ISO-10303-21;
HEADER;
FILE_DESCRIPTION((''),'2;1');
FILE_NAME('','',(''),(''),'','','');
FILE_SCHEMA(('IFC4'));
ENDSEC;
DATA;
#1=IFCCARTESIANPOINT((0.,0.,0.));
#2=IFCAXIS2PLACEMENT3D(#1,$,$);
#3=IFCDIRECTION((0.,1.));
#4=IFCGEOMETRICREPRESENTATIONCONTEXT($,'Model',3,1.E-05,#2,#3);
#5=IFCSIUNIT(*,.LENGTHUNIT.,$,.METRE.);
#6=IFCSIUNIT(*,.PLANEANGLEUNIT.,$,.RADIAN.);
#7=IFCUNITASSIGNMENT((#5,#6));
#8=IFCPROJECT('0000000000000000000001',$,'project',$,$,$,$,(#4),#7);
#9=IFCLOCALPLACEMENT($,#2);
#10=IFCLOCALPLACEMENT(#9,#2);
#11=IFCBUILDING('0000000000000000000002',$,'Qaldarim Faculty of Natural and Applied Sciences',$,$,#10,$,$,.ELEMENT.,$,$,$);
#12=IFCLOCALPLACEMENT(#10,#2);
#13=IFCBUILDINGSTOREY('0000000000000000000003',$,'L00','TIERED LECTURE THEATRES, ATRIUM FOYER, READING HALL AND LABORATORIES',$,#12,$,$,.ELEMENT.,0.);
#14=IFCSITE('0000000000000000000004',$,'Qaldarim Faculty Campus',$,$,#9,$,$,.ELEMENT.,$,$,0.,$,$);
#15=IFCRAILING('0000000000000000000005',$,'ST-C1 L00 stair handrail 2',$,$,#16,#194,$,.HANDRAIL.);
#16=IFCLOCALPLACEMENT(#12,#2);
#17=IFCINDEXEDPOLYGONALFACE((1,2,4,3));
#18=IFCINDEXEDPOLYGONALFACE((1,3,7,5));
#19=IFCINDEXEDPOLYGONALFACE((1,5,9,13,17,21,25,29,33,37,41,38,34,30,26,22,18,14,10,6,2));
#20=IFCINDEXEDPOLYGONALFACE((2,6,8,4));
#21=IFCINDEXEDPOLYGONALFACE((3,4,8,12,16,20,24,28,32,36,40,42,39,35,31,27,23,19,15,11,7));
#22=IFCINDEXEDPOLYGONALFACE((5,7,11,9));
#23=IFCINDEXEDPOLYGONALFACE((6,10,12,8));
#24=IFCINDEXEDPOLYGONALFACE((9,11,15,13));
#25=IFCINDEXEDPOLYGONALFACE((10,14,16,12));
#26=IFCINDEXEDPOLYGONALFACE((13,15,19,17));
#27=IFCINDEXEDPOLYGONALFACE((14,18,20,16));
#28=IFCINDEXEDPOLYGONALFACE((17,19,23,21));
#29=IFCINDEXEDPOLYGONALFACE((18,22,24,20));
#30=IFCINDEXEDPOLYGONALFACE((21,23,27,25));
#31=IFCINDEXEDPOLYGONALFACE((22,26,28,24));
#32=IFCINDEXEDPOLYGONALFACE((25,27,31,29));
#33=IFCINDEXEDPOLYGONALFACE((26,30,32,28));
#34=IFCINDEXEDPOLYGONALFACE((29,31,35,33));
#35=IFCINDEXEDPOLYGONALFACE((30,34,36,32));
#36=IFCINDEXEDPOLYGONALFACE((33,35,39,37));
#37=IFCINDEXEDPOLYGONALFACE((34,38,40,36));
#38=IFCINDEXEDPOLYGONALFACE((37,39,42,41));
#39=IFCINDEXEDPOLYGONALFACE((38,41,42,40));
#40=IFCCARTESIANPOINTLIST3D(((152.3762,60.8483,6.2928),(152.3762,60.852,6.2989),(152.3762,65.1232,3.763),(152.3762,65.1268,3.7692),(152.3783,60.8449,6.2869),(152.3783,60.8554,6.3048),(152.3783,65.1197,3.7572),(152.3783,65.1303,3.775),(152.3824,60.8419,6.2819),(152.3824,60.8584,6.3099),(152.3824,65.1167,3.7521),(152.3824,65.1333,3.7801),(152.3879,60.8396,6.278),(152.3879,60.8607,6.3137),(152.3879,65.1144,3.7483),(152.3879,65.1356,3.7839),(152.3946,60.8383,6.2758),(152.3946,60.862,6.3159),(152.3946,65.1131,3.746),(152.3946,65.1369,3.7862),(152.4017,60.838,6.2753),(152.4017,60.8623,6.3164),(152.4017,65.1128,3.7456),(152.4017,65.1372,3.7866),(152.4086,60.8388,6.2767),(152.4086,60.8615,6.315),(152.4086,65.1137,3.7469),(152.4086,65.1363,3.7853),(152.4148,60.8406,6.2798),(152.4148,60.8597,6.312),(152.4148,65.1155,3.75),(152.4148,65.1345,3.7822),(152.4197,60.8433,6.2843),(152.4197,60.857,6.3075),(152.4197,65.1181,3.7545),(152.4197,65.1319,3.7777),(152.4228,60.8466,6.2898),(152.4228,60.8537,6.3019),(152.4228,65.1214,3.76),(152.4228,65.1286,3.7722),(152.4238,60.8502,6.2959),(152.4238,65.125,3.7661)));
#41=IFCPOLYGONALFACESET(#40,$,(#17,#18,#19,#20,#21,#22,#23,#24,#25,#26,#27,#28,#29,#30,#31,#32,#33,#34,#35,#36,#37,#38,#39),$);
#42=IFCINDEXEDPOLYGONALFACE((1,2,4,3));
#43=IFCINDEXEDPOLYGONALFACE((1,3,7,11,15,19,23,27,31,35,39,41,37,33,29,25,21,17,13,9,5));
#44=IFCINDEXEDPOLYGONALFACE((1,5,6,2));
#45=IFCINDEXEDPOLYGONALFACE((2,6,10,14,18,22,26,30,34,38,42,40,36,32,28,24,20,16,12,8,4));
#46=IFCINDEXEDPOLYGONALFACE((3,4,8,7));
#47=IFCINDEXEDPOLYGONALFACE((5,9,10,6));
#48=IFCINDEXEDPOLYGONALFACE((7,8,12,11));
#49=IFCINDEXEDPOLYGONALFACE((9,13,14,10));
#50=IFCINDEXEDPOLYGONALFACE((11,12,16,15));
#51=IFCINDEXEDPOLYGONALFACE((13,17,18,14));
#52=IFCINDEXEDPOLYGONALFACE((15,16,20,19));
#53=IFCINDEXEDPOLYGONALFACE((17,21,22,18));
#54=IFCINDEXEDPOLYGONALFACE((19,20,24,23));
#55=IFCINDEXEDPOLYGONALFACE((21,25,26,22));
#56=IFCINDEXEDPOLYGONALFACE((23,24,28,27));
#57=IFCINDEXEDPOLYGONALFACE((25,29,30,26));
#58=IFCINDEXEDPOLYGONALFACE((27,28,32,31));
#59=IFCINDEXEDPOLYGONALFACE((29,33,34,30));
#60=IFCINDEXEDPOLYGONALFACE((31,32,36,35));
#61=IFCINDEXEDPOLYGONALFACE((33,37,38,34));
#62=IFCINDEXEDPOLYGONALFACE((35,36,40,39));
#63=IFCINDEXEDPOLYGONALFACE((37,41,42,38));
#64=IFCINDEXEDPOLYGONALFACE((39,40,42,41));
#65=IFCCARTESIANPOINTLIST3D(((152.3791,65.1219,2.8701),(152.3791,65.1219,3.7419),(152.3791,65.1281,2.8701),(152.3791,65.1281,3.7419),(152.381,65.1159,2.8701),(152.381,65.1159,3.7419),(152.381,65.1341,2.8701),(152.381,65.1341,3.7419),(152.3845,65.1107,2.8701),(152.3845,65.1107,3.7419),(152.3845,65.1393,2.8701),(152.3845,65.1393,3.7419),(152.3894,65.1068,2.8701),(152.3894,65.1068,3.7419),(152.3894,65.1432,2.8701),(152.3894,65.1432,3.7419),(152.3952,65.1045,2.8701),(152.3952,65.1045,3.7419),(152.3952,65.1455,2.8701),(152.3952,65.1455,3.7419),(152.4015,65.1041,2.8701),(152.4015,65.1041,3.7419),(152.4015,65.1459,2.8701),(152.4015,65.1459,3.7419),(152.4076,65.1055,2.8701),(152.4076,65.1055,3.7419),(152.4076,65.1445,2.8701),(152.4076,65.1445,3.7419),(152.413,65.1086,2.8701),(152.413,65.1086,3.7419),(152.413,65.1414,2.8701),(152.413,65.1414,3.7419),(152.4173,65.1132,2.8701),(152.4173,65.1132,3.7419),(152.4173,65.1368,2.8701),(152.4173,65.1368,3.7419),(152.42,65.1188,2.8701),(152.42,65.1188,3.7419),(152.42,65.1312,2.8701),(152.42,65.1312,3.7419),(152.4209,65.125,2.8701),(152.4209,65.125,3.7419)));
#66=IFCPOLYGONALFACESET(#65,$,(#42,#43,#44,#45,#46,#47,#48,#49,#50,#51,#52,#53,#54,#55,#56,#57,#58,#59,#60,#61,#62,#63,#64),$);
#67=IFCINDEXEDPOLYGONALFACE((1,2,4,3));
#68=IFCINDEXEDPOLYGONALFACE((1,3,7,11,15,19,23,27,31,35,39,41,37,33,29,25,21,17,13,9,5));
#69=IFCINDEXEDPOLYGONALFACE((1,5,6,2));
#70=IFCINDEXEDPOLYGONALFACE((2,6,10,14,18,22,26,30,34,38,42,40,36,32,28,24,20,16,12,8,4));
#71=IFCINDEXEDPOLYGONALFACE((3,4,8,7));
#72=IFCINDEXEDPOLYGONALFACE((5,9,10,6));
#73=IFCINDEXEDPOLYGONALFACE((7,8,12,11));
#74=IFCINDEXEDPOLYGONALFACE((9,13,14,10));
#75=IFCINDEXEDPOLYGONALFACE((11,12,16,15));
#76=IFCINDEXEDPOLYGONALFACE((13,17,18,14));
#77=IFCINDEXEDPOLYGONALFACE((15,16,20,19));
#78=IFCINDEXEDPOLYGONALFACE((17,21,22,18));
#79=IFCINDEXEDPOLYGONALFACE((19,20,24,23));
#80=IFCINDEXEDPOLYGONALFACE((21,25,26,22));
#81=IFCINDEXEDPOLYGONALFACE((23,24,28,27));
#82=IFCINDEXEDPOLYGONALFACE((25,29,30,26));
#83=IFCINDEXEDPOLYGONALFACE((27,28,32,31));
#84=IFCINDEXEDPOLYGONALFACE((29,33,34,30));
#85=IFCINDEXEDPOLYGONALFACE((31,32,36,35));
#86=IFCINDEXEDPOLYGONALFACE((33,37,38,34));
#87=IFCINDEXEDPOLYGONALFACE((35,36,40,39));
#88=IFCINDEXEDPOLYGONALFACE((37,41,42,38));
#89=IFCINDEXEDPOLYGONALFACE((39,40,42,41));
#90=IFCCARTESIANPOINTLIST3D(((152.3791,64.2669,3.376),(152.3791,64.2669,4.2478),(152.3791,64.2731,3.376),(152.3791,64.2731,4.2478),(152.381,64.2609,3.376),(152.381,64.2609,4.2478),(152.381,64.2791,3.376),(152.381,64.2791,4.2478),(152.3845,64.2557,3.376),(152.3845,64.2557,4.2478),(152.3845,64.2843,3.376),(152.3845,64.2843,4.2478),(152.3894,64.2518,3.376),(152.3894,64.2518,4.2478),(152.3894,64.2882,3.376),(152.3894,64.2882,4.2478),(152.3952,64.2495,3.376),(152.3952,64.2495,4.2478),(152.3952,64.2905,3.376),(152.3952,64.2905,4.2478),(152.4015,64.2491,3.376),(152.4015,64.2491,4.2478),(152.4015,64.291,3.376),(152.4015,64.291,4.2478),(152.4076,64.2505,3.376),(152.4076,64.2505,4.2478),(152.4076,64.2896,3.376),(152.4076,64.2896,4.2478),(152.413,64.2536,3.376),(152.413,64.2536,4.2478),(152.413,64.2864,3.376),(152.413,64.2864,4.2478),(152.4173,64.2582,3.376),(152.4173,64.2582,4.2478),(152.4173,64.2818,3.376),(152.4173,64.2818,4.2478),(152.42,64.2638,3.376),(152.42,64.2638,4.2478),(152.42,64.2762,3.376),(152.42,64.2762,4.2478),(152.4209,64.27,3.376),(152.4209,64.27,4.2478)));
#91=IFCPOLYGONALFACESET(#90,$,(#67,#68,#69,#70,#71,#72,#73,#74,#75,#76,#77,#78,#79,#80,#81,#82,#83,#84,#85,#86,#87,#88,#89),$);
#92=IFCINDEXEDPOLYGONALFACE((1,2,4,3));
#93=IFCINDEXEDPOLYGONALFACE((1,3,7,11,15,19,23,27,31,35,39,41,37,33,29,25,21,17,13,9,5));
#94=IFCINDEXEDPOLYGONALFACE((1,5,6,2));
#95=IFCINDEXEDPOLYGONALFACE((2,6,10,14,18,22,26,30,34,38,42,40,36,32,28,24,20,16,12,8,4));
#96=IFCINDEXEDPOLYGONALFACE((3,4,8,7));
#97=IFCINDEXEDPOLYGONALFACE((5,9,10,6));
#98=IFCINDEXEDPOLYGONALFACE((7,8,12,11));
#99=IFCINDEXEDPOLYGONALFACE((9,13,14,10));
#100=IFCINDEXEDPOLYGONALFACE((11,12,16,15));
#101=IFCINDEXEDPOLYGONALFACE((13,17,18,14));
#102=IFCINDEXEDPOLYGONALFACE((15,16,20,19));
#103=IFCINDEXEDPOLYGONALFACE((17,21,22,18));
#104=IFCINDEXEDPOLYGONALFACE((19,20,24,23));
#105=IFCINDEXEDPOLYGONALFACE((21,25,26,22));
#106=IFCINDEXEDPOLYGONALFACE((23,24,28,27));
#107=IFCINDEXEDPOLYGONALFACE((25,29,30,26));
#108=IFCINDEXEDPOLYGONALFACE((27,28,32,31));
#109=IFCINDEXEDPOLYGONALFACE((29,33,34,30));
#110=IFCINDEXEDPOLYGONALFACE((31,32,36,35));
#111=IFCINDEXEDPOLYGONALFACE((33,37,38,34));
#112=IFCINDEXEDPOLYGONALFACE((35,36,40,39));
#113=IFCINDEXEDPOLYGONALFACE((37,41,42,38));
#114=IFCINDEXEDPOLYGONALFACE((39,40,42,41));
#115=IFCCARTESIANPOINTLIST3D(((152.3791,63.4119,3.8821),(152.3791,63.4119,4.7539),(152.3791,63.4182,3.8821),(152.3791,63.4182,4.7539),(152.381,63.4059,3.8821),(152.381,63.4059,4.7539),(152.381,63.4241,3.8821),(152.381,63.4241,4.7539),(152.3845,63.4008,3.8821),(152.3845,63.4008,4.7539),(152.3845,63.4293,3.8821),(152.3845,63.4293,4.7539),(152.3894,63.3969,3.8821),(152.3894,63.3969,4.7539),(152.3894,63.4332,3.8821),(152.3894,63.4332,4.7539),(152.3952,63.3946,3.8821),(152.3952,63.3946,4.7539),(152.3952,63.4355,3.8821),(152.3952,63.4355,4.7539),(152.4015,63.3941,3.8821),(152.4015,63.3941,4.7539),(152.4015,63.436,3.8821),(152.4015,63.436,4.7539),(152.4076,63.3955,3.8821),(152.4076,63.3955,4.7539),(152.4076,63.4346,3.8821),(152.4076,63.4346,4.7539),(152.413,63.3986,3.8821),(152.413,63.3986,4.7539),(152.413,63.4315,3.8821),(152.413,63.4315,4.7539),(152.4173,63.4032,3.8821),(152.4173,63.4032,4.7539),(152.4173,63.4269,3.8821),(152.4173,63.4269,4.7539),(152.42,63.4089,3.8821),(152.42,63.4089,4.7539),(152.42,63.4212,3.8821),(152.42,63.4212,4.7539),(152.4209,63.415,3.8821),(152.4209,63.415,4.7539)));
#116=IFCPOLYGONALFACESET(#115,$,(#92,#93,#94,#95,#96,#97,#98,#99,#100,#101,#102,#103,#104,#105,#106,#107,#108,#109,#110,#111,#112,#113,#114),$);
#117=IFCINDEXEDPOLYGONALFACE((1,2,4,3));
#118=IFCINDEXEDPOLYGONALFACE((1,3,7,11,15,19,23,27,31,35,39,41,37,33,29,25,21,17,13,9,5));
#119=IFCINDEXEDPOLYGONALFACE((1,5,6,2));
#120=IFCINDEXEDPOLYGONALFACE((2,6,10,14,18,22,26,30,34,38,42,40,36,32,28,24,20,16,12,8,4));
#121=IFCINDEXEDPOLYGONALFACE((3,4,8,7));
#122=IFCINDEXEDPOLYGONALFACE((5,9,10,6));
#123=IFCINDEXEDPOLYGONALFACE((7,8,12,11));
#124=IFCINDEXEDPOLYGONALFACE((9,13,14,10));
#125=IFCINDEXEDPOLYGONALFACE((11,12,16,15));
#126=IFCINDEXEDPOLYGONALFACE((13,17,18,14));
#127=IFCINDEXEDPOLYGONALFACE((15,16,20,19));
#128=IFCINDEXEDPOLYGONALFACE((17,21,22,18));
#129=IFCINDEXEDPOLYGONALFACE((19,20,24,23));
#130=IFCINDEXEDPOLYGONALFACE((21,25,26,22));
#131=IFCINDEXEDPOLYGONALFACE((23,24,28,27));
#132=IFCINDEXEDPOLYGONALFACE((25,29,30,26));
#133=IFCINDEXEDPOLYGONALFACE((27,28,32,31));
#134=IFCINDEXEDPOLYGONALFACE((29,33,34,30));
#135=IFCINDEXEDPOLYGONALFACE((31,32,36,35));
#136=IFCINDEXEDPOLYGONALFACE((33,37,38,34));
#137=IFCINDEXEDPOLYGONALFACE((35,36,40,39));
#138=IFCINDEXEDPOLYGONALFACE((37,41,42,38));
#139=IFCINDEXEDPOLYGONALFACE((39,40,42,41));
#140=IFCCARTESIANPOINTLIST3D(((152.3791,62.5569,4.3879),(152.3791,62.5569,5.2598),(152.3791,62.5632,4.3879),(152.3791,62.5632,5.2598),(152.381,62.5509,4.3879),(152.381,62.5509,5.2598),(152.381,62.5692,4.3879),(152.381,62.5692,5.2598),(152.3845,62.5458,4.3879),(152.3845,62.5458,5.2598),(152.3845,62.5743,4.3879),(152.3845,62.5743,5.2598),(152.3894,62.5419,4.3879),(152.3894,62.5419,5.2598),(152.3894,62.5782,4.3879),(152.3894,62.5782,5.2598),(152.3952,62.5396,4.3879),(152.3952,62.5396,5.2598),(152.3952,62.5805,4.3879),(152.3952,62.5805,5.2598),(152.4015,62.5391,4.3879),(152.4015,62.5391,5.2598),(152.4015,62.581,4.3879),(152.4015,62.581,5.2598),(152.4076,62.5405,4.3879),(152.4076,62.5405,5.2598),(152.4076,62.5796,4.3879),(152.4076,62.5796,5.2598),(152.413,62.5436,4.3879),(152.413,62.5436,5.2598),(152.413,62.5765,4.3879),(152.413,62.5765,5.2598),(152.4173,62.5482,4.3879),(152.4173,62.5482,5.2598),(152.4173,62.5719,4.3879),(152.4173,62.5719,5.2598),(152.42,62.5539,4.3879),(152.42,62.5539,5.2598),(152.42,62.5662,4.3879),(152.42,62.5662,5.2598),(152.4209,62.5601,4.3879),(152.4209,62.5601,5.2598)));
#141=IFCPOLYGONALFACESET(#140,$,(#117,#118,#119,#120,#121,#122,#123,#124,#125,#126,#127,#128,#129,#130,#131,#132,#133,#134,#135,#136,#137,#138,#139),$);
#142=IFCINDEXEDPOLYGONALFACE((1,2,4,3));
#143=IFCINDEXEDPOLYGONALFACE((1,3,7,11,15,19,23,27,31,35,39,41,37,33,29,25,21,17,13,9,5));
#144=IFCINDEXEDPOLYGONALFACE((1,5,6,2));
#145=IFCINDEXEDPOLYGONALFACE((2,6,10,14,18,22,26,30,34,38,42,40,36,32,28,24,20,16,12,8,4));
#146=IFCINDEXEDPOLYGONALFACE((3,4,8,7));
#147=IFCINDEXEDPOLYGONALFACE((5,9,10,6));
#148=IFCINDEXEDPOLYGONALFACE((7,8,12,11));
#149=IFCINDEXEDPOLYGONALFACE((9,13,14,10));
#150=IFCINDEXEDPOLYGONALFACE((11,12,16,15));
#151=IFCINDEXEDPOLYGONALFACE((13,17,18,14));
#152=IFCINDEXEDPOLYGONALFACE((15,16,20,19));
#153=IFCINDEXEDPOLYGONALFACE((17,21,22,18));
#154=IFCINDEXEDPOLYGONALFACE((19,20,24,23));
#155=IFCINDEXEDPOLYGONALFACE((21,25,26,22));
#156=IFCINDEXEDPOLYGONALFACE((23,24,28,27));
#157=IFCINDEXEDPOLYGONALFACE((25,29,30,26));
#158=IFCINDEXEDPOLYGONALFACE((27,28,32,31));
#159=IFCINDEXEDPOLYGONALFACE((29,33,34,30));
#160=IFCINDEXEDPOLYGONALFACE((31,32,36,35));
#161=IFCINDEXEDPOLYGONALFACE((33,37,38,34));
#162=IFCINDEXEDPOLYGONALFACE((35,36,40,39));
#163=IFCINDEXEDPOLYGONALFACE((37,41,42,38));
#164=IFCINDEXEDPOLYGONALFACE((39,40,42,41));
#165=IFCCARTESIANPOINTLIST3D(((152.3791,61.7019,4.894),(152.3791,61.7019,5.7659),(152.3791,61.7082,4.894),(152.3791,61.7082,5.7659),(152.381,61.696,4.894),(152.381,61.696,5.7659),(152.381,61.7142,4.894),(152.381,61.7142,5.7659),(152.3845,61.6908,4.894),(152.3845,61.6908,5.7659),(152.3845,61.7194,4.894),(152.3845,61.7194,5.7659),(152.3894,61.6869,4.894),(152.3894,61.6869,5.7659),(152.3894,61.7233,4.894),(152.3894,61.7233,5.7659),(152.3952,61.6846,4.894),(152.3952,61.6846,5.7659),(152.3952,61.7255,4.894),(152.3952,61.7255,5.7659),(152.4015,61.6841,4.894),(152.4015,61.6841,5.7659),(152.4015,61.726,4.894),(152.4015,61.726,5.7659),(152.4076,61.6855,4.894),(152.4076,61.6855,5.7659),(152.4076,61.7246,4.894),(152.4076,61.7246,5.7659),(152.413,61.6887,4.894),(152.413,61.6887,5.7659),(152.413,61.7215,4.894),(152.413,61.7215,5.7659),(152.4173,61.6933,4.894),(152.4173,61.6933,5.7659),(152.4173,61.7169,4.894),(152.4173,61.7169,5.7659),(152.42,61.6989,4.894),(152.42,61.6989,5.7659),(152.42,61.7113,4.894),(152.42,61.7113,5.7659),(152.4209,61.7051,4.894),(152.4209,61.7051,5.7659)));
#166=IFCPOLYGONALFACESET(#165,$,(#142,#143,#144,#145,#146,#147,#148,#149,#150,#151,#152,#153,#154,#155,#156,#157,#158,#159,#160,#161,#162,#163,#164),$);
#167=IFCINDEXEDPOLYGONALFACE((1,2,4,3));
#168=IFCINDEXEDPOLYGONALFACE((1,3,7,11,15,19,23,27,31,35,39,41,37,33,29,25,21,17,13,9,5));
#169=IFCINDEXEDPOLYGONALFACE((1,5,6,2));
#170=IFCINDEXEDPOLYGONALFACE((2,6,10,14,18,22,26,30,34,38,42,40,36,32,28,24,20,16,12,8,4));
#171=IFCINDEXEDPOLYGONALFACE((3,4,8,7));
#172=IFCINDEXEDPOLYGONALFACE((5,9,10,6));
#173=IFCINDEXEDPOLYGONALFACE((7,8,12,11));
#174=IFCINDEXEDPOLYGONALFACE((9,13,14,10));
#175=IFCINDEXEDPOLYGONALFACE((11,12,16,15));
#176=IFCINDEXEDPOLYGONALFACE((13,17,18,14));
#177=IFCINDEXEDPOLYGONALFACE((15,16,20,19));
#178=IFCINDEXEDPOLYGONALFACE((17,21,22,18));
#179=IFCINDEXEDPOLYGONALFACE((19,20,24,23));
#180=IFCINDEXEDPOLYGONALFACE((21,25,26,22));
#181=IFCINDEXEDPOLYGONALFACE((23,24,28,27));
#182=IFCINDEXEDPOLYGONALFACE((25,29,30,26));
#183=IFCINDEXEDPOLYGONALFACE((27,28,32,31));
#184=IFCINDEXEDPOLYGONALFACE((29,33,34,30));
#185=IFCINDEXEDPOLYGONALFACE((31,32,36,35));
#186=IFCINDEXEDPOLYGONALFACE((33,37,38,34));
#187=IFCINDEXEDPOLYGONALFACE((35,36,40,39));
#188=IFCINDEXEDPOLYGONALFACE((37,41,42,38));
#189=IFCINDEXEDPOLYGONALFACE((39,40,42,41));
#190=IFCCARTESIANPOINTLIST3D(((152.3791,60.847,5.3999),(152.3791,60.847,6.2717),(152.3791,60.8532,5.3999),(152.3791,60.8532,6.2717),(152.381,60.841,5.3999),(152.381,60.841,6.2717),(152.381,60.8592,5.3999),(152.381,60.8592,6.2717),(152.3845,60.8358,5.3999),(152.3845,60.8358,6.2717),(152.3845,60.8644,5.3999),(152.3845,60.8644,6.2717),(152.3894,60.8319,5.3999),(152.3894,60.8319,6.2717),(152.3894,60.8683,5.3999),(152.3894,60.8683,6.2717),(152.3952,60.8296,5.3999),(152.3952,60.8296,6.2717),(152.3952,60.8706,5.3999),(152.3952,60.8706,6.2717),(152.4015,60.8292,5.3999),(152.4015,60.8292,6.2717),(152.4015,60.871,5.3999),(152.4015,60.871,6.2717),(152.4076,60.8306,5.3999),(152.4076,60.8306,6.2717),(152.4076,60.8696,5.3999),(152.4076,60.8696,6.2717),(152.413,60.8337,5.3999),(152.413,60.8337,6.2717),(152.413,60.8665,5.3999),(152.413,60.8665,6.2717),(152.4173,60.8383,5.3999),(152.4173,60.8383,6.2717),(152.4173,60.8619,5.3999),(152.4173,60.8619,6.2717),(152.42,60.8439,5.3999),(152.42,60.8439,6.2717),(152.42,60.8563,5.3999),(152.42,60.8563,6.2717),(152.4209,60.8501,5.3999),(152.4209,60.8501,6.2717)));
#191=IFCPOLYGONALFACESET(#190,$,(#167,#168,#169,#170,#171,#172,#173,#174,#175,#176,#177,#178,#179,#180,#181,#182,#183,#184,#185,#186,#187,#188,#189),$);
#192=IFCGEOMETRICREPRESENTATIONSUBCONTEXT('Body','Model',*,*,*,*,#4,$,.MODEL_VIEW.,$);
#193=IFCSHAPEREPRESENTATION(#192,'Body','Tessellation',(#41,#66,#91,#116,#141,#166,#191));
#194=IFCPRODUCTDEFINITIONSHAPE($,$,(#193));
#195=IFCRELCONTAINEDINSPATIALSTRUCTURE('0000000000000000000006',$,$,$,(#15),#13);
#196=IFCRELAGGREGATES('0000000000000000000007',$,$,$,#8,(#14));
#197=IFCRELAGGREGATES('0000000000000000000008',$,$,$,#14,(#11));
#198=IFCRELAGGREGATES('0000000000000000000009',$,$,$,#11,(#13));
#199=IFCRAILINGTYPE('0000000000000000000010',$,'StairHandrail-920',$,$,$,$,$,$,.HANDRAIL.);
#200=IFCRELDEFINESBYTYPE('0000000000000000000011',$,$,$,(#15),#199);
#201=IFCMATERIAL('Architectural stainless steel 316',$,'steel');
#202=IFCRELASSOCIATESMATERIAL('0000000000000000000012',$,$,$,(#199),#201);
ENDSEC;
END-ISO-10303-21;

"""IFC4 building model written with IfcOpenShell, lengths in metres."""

from ifc_helpers import new_model, si_unit, direction, frame, origin, origin_2d, place, context, subcontext, project, spatial, circle, extrude, material, type_object, element, save


model = new_model("IFC4")

# Units and contexts
model_context = context("Model", 3, precision=1e-05, world=origin(), true_north=direction((0.0, 1.0)))
body_context = subcontext(model_context, "Body", "Model", "MODEL_VIEW")
ifc_project = project(units=[si_unit("LENGTHUNIT", "METRE"), si_unit("PLANEANGLEUNIT", "RADIAN")], contexts=[model_context])

# Site, building, storey
site_placement = place(None, origin())
site = spatial("IfcSite", under=ifc_project, at=site_placement, Name="Qaldarim Faculty Campus", CompositionType="ELEMENT", RefElevation=0.0)
building_placement = place(site_placement, origin())
building = spatial("IfcBuilding", under=site, at=building_placement, Name="Qaldarim Faculty of Natural and Applied Sciences", CompositionType="ELEMENT")
storey_placement = place(building_placement, origin())
storey = spatial("IfcBuildingStorey", under=building, at=storey_placement, Name="L00", Description="TIERED LECTURE THEATRES, ATRIUM FOYER, READING HALL AND LABORATORIES", CompositionType="ELEMENT", Elevation=0.0)

# Railing
ifc_material_1 = material(Name="Architectural stainless steel 316", Category="steel")
railing_type_1 = type_object("IfcRailingType", Name="StairHandrail-920", PredefinedType="HANDRAIL", material=ifc_material_1)
railing_1_placement = place(storey_placement, frame((152.3999, 65.125, 2.8701)))
element("IfcRailing", 1, at=railing_1_placement, inside=storey, type_object=railing_type_1, Name="ST-C1 L00 stair handrail 2", PredefinedType="HANDRAIL", context=body_context, shape_type="SweptSolid", body=[
    extrude(circle(Radius=0.0239, at=origin_2d()), frame((0.0, 0.0, 0.896), z_axis=(0.0, -0.8606, 0.509282), x_axis=(1.0, 0.0, 0.0)), (0.0, 0.0, 1.0), 4.9673),
    extrude(circle(Radius=0.021, at=origin_2d()), origin(), (0.0, 0.0, 1.0), 0.8718),
    extrude(circle(Radius=0.021, at=origin_2d()), frame((0.0, -0.855, 0.5059)), (0.0, 0.0, 1.0), 0.8718),
    extrude(circle(Radius=0.021, at=origin_2d()), frame((0.0, -1.71, 1.012)), (0.0, 0.0, 1.0), 0.8718),
    extrude(circle(Radius=0.021, at=origin_2d()), frame((0.0, -2.5649, 1.5178)), (0.0, 0.0, 1.0), 0.8718),
    extrude(circle(Radius=0.021, at=origin_2d()), frame((0.0, -3.4199, 2.0239)), (0.0, 0.0, 1.0), 0.8718),
    extrude(circle(Radius=0.021, at=origin_2d()), frame((0.0, -4.2749, 2.5298)), (0.0, 0.0, 1.0), 0.8718),
])

save(model, "model.ifc")
